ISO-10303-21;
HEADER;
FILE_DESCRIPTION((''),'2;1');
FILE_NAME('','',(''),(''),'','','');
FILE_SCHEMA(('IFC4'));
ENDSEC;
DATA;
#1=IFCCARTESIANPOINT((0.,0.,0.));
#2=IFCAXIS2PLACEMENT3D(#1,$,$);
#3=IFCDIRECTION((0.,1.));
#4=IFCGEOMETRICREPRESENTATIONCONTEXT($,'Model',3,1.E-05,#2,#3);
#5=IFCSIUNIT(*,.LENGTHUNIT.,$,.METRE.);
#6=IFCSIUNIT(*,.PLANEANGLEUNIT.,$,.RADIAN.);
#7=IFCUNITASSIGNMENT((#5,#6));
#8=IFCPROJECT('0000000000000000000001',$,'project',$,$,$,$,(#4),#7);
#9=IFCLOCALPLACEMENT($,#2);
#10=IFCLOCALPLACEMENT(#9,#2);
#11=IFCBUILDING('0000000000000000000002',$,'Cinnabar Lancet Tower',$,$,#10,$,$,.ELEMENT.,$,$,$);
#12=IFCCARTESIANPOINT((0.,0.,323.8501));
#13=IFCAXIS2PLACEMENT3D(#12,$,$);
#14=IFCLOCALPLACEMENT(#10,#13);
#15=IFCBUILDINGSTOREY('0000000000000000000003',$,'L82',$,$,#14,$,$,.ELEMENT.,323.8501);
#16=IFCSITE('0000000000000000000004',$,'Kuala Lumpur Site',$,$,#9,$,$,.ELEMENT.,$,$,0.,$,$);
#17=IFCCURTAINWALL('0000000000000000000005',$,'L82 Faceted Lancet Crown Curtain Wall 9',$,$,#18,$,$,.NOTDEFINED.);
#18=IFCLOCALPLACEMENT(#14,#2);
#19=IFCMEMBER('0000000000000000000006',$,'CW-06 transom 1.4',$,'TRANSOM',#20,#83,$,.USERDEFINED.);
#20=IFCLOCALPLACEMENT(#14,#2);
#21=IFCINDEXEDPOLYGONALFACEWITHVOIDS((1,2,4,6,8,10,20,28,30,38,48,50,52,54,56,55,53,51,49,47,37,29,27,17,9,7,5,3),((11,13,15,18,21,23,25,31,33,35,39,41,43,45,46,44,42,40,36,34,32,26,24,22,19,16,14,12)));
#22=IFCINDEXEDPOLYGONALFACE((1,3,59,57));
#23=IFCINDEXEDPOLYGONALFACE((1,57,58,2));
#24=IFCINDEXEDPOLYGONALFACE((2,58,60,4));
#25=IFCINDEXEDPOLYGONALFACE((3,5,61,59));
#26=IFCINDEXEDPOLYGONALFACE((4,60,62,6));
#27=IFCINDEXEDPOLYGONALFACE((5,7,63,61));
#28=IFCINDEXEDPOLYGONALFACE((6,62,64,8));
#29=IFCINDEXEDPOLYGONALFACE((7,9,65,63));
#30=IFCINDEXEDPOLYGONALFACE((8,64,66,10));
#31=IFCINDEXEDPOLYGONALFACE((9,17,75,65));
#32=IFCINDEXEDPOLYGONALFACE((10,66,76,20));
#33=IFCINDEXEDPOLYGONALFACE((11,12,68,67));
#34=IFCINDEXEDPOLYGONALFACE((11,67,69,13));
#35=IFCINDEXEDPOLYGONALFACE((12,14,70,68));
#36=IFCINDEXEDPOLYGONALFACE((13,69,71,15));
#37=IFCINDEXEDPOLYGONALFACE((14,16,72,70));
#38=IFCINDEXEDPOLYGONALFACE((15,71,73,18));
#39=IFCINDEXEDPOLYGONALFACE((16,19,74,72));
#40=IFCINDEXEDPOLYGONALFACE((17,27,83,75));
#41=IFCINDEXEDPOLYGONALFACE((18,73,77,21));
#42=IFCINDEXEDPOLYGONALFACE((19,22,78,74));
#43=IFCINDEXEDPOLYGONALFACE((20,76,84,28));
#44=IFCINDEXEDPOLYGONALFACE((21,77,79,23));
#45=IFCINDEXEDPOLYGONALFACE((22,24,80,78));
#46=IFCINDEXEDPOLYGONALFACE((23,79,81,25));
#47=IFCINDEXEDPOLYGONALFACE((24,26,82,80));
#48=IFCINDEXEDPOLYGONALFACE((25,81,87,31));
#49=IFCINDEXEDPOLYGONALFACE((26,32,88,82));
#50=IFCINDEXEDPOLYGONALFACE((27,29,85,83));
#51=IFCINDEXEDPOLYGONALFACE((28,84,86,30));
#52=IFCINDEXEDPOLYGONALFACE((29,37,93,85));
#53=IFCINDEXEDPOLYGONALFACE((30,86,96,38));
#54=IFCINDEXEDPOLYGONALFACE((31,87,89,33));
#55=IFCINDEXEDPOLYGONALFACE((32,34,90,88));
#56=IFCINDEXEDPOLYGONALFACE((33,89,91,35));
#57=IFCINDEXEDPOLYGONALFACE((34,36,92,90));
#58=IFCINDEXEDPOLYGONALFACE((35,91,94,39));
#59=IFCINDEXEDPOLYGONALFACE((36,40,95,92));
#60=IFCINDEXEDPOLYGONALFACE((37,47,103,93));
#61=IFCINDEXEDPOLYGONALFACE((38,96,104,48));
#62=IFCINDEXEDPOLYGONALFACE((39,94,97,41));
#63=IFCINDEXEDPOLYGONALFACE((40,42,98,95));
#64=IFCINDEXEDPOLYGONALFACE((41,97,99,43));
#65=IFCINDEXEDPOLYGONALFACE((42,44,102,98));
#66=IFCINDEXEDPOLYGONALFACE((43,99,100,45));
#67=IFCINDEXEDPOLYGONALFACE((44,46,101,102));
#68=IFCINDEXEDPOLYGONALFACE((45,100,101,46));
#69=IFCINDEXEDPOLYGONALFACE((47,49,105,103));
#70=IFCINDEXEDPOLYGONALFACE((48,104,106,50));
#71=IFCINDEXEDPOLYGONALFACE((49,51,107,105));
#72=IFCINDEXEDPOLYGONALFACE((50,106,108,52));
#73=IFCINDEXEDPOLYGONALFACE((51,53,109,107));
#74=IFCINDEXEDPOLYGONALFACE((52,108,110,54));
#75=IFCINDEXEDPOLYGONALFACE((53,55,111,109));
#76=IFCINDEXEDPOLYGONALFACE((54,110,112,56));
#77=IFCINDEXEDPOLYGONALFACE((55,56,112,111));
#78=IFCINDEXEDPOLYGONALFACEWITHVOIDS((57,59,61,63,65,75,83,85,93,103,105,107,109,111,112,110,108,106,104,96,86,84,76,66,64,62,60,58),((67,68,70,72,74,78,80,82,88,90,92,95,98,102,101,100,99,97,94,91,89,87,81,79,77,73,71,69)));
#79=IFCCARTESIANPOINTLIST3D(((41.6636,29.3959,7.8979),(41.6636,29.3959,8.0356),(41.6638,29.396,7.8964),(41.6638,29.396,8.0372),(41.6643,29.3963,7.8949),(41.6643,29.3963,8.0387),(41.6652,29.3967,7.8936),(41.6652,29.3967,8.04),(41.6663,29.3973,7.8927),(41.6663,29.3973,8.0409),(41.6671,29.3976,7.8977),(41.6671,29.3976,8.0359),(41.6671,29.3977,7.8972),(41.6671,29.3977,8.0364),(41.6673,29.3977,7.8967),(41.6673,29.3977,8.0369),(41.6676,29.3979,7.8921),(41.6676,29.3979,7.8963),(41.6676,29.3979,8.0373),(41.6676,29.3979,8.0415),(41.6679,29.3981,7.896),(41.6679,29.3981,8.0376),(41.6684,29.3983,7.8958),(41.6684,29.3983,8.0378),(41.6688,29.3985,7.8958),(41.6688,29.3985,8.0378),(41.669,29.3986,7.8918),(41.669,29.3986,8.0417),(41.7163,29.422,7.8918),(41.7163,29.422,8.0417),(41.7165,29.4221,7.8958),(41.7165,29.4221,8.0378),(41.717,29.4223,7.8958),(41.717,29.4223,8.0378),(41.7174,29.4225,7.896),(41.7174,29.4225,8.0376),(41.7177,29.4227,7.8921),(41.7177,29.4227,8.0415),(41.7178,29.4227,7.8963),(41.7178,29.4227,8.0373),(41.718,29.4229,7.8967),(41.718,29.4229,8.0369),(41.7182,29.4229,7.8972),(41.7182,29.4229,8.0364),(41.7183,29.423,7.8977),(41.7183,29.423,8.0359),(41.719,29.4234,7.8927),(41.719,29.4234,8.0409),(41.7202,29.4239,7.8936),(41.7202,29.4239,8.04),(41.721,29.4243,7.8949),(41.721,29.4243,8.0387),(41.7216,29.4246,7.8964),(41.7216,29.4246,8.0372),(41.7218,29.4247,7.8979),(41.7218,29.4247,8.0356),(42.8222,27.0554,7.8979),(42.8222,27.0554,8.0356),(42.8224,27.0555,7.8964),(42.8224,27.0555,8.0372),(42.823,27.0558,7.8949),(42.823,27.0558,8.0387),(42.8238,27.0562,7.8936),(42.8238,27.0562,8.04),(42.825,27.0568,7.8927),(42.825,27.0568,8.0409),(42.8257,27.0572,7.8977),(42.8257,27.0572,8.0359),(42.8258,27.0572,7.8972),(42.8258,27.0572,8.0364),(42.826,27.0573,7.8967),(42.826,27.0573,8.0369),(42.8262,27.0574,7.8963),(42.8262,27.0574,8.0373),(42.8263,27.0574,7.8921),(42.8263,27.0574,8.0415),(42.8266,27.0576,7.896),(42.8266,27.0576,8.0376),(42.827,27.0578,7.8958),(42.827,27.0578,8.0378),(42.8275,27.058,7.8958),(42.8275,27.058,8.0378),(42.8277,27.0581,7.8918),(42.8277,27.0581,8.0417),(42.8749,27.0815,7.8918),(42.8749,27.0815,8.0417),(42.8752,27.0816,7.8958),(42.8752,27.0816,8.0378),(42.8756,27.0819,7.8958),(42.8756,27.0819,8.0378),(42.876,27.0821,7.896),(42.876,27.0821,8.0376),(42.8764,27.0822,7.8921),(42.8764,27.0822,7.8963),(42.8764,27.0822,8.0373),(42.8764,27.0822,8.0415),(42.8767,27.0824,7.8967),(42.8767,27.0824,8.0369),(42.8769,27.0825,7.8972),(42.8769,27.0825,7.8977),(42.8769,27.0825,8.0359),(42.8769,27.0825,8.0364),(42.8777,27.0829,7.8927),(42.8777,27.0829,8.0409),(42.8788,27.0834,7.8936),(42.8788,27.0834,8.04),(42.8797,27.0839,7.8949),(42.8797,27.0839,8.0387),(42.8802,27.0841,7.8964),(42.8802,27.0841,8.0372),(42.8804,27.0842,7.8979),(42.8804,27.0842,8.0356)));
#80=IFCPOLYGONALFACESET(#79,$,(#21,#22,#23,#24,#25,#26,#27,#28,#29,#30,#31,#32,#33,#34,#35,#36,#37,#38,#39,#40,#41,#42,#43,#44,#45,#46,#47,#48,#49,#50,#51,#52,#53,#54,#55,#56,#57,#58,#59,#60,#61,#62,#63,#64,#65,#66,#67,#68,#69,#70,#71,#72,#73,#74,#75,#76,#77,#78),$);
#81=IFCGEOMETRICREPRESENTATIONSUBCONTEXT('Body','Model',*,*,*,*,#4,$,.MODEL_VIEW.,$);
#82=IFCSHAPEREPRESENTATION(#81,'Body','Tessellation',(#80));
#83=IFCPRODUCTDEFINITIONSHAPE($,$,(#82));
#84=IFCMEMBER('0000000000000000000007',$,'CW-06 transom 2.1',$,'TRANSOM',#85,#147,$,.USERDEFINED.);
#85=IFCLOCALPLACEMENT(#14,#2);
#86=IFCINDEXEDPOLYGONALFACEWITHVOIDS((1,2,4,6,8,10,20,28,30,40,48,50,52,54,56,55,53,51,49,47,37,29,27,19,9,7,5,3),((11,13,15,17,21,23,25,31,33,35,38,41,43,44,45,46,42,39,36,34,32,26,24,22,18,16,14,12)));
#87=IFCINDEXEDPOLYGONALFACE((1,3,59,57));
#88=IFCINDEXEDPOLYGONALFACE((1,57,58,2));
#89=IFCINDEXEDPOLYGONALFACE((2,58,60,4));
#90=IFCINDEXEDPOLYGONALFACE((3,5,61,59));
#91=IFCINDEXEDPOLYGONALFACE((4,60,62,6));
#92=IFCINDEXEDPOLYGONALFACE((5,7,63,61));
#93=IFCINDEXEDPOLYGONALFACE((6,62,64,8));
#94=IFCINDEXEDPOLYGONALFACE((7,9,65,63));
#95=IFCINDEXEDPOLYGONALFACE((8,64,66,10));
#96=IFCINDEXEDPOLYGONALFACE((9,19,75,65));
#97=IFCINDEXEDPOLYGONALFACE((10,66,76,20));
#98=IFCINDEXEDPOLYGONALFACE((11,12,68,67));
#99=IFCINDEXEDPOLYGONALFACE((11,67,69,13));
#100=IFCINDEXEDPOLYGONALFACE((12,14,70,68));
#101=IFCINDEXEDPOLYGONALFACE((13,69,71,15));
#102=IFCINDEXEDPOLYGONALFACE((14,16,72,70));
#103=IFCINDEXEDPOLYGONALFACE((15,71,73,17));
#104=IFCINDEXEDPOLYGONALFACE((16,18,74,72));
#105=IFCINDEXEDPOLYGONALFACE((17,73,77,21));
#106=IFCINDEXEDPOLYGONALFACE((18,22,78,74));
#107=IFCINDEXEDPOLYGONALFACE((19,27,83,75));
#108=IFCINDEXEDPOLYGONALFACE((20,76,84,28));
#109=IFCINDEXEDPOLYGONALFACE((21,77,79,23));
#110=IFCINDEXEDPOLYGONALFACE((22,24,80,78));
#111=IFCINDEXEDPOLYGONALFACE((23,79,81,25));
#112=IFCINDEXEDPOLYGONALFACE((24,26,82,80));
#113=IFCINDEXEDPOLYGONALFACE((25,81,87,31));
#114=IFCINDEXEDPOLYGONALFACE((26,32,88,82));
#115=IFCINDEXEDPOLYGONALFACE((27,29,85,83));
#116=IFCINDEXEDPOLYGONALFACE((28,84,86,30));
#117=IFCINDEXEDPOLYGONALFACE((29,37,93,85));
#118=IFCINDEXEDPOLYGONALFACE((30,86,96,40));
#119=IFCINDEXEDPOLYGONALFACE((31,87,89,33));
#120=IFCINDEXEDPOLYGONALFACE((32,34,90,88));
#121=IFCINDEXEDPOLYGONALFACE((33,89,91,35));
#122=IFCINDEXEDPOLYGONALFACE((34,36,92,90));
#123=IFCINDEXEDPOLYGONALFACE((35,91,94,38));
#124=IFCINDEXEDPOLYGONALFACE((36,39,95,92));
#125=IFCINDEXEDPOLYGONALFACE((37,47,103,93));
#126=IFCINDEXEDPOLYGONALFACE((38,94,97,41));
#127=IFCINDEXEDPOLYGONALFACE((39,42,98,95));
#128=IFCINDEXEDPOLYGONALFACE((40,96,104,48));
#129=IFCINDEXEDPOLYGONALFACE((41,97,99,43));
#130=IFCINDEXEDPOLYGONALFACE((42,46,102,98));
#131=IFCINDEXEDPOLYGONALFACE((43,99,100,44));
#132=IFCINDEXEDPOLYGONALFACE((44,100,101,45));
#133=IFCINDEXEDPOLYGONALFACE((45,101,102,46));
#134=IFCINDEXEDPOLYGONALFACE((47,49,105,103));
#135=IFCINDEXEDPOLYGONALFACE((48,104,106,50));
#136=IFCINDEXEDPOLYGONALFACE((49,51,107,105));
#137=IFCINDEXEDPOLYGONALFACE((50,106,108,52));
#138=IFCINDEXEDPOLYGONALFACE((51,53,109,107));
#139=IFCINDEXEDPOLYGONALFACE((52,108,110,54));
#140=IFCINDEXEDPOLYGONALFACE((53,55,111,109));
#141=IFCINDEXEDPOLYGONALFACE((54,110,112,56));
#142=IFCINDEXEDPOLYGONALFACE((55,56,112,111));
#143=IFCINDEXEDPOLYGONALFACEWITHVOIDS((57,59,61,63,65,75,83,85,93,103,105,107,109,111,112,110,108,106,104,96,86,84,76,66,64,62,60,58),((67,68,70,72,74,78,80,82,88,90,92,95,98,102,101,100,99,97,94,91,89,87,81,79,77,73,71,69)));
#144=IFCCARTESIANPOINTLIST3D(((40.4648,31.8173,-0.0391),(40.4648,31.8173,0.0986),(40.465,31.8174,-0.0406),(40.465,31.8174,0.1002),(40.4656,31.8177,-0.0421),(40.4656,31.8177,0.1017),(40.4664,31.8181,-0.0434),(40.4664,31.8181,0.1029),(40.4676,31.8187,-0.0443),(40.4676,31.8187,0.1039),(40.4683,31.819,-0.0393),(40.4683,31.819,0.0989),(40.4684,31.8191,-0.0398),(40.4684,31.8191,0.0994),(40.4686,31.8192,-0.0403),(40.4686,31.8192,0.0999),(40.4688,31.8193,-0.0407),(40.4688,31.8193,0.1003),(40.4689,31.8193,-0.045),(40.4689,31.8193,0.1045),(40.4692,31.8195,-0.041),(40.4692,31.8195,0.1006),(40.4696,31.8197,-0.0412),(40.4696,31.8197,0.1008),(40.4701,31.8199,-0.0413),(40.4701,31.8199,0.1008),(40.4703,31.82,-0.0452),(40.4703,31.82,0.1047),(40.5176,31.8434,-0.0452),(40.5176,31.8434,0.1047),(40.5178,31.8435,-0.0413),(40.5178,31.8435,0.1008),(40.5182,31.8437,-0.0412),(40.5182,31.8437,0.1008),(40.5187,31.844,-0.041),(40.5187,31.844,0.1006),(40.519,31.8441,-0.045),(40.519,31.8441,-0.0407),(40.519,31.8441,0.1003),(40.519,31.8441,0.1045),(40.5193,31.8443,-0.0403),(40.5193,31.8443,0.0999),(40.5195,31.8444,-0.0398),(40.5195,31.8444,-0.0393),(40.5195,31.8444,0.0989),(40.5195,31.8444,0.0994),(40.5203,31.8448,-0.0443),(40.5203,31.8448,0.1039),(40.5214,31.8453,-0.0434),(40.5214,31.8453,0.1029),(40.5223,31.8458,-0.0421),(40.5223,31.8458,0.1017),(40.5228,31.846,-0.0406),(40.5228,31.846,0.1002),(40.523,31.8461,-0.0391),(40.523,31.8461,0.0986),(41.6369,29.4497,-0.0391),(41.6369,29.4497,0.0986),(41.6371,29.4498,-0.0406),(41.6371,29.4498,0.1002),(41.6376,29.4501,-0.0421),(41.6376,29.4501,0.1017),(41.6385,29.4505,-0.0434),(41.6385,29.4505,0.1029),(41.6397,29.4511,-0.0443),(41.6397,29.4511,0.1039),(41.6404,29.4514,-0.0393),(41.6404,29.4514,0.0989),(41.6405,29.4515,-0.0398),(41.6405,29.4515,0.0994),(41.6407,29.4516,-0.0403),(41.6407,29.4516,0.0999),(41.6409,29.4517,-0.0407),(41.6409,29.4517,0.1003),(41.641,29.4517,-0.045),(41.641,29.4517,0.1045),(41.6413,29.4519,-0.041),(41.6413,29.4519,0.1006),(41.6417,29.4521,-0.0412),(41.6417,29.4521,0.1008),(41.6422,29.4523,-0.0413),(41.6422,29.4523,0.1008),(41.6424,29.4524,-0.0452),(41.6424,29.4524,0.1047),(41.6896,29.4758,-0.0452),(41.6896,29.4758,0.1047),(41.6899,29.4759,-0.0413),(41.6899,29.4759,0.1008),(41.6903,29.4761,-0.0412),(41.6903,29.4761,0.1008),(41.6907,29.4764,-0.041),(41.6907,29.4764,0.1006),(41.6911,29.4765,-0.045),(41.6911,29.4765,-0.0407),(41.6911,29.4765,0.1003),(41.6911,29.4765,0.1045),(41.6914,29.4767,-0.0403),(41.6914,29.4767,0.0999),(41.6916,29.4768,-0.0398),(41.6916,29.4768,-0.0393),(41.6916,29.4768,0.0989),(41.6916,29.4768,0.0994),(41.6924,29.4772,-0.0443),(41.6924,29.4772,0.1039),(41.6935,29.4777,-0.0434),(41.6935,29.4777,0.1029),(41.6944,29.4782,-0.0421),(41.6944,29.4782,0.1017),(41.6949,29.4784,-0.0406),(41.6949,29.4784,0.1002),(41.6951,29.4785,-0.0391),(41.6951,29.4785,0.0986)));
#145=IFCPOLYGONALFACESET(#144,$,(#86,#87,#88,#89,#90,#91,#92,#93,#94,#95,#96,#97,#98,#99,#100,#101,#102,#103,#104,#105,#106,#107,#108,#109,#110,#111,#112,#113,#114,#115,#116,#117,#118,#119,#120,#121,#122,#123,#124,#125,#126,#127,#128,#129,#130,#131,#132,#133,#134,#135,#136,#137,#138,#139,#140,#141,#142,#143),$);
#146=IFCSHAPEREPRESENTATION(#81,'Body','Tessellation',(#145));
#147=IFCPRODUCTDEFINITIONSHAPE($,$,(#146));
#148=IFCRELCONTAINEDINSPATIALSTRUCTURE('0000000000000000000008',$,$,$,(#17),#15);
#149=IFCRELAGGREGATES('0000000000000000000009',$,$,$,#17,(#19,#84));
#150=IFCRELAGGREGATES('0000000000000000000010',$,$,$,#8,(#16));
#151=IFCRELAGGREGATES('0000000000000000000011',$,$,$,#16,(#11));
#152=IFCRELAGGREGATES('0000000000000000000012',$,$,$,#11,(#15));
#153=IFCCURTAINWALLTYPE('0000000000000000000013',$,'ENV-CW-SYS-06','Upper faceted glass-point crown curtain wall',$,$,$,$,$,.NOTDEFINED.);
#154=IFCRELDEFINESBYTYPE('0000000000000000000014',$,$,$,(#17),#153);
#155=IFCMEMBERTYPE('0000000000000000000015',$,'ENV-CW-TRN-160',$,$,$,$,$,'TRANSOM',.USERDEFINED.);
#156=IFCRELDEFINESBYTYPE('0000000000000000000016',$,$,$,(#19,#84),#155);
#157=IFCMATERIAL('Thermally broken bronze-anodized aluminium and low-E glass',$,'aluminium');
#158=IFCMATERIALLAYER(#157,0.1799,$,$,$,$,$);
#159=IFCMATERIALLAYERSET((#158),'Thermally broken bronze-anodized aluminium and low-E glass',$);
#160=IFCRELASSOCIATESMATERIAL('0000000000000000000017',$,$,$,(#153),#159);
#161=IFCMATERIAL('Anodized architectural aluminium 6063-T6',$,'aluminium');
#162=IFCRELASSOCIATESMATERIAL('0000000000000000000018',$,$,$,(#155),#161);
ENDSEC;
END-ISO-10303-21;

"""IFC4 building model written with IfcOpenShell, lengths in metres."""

from ifc_helpers import new_model, si_unit, direction, frame, origin, origin_2d, place, context, subcontext, project, spatial, hollow_rectangle, extrude, material, layer, layer_set, material_profile, profile_set, type_object, element, aggregate, save


model = new_model("IFC4")

# Units and contexts
model_context = context("Model", 3, precision=1e-05, world=origin(), true_north=direction((0.0, 1.0)))
body_context = subcontext(model_context, "Body", "Model", "MODEL_VIEW")
ifc_project = project(units=[si_unit("LENGTHUNIT", "METRE"), si_unit("PLANEANGLEUNIT", "RADIAN")], contexts=[model_context])

# Site, building, storey
site_placement = place(None, origin())
site = spatial("IfcSite", under=ifc_project, at=site_placement, Name="Kuala Lumpur Site", CompositionType="ELEMENT", RefElevation=0.0)
building_placement = place(site_placement, origin())
building = spatial("IfcBuilding", under=site, at=building_placement, Name="Cinnabar Lancet Tower", CompositionType="ELEMENT")
storey_placement = place(building_placement, frame((0.0, 0.0, 323.8501)))
storey = spatial("IfcBuildingStorey", under=building, at=storey_placement, Name="L82", CompositionType="ELEMENT", Elevation=323.8501)

# Curtain wall
ifc_material_1 = material(Name="Thermally broken bronze-anodized aluminium and low-E glass", Category="aluminium")
ifc_layer_1 = layer(ifc_material_1, 0.1799)
ifc_layer_set_1 = layer_set([ifc_layer_1], Name="Thermally broken bronze-anodized aluminium and low-E glass")
curtain_wall_type = type_object("IfcCurtainWallType", Name="ENV-CW-SYS-06", Description="Upper faceted glass-point crown curtain wall", PredefinedType="NOTDEFINED", material=ifc_layer_set_1)
curtain_wall_1_placement = place(storey_placement, origin())
curtain_wall_1 = element("IfcCurtainWall", 1, at=curtain_wall_1_placement, inside=storey, type_object=curtain_wall_type, Name="L82 Faceted Lancet Crown Curtain Wall 9", PredefinedType="NOTDEFINED")

# Members
ifc_material_2 = material(Name="Anodized architectural aluminium 6063-T6", Category="aluminium")
ifc_material_profile_1 = material_profile(ifc_material_2, hollow_rectangle(XDim=0.0649, YDim=0.1499, WallThickness=0.0039, InnerFilletRadius=0.002, OuterFilletRadius=0.0061, at=origin_2d()), Name="CW-TRN 150x65x4")
ifc_profile_set_1 = profile_set([ifc_material_profile_1], Name="Anodized architectural aluminium 6063-T6")
member_type_1 = type_object("IfcMemberType", Name="ENV-CW-TRN-160", ElementType="TRANSOM", PredefinedType="USERDEFINED", material=ifc_profile_set_1)
member_1_placement = place(storey_placement, frame((42.8513, 27.0698, 7.9668), z_axis=(-0.443658, 0.896196, 0.0), x_axis=(-0.896196, -0.443658, 0.0)))
member_1 = element("IfcMember", 2, at=member_1_placement, type_object=member_type_1, Name="CW-06 transom 1.4", ObjectType="TRANSOM", PredefinedType="USERDEFINED", context=body_context, shape_type="SweptSolid", body=[
    extrude(hollow_rectangle(XDim=0.0649, YDim=0.1499, WallThickness=0.0039, InnerFilletRadius=0.002, OuterFilletRadius=0.0061, at=origin_2d()), origin(), (0.0, 0.0, 1.0), 2.6116),
])
member_2_placement = place(storey_placement, frame((41.666, 29.4641, 0.0298), z_axis=(-0.443662, 0.896194, 0.0), x_axis=(-0.896194, -0.443662, 0.0)))
member_2 = element("IfcMember", 3, at=member_2_placement, type_object=member_type_1, Name="CW-06 transom 2.1", ObjectType="TRANSOM", PredefinedType="USERDEFINED", context=body_context, shape_type="SweptSolid", body=[
    extrude(hollow_rectangle(XDim=0.0649, YDim=0.1499, WallThickness=0.0039, InnerFilletRadius=0.002, OuterFilletRadius=0.0061, at=origin_2d()), origin(), (0.0, 0.0, 1.0), 2.6418),
])

aggregate(curtain_wall_1, [member_1, member_2])

save(model, "model.ifc")
